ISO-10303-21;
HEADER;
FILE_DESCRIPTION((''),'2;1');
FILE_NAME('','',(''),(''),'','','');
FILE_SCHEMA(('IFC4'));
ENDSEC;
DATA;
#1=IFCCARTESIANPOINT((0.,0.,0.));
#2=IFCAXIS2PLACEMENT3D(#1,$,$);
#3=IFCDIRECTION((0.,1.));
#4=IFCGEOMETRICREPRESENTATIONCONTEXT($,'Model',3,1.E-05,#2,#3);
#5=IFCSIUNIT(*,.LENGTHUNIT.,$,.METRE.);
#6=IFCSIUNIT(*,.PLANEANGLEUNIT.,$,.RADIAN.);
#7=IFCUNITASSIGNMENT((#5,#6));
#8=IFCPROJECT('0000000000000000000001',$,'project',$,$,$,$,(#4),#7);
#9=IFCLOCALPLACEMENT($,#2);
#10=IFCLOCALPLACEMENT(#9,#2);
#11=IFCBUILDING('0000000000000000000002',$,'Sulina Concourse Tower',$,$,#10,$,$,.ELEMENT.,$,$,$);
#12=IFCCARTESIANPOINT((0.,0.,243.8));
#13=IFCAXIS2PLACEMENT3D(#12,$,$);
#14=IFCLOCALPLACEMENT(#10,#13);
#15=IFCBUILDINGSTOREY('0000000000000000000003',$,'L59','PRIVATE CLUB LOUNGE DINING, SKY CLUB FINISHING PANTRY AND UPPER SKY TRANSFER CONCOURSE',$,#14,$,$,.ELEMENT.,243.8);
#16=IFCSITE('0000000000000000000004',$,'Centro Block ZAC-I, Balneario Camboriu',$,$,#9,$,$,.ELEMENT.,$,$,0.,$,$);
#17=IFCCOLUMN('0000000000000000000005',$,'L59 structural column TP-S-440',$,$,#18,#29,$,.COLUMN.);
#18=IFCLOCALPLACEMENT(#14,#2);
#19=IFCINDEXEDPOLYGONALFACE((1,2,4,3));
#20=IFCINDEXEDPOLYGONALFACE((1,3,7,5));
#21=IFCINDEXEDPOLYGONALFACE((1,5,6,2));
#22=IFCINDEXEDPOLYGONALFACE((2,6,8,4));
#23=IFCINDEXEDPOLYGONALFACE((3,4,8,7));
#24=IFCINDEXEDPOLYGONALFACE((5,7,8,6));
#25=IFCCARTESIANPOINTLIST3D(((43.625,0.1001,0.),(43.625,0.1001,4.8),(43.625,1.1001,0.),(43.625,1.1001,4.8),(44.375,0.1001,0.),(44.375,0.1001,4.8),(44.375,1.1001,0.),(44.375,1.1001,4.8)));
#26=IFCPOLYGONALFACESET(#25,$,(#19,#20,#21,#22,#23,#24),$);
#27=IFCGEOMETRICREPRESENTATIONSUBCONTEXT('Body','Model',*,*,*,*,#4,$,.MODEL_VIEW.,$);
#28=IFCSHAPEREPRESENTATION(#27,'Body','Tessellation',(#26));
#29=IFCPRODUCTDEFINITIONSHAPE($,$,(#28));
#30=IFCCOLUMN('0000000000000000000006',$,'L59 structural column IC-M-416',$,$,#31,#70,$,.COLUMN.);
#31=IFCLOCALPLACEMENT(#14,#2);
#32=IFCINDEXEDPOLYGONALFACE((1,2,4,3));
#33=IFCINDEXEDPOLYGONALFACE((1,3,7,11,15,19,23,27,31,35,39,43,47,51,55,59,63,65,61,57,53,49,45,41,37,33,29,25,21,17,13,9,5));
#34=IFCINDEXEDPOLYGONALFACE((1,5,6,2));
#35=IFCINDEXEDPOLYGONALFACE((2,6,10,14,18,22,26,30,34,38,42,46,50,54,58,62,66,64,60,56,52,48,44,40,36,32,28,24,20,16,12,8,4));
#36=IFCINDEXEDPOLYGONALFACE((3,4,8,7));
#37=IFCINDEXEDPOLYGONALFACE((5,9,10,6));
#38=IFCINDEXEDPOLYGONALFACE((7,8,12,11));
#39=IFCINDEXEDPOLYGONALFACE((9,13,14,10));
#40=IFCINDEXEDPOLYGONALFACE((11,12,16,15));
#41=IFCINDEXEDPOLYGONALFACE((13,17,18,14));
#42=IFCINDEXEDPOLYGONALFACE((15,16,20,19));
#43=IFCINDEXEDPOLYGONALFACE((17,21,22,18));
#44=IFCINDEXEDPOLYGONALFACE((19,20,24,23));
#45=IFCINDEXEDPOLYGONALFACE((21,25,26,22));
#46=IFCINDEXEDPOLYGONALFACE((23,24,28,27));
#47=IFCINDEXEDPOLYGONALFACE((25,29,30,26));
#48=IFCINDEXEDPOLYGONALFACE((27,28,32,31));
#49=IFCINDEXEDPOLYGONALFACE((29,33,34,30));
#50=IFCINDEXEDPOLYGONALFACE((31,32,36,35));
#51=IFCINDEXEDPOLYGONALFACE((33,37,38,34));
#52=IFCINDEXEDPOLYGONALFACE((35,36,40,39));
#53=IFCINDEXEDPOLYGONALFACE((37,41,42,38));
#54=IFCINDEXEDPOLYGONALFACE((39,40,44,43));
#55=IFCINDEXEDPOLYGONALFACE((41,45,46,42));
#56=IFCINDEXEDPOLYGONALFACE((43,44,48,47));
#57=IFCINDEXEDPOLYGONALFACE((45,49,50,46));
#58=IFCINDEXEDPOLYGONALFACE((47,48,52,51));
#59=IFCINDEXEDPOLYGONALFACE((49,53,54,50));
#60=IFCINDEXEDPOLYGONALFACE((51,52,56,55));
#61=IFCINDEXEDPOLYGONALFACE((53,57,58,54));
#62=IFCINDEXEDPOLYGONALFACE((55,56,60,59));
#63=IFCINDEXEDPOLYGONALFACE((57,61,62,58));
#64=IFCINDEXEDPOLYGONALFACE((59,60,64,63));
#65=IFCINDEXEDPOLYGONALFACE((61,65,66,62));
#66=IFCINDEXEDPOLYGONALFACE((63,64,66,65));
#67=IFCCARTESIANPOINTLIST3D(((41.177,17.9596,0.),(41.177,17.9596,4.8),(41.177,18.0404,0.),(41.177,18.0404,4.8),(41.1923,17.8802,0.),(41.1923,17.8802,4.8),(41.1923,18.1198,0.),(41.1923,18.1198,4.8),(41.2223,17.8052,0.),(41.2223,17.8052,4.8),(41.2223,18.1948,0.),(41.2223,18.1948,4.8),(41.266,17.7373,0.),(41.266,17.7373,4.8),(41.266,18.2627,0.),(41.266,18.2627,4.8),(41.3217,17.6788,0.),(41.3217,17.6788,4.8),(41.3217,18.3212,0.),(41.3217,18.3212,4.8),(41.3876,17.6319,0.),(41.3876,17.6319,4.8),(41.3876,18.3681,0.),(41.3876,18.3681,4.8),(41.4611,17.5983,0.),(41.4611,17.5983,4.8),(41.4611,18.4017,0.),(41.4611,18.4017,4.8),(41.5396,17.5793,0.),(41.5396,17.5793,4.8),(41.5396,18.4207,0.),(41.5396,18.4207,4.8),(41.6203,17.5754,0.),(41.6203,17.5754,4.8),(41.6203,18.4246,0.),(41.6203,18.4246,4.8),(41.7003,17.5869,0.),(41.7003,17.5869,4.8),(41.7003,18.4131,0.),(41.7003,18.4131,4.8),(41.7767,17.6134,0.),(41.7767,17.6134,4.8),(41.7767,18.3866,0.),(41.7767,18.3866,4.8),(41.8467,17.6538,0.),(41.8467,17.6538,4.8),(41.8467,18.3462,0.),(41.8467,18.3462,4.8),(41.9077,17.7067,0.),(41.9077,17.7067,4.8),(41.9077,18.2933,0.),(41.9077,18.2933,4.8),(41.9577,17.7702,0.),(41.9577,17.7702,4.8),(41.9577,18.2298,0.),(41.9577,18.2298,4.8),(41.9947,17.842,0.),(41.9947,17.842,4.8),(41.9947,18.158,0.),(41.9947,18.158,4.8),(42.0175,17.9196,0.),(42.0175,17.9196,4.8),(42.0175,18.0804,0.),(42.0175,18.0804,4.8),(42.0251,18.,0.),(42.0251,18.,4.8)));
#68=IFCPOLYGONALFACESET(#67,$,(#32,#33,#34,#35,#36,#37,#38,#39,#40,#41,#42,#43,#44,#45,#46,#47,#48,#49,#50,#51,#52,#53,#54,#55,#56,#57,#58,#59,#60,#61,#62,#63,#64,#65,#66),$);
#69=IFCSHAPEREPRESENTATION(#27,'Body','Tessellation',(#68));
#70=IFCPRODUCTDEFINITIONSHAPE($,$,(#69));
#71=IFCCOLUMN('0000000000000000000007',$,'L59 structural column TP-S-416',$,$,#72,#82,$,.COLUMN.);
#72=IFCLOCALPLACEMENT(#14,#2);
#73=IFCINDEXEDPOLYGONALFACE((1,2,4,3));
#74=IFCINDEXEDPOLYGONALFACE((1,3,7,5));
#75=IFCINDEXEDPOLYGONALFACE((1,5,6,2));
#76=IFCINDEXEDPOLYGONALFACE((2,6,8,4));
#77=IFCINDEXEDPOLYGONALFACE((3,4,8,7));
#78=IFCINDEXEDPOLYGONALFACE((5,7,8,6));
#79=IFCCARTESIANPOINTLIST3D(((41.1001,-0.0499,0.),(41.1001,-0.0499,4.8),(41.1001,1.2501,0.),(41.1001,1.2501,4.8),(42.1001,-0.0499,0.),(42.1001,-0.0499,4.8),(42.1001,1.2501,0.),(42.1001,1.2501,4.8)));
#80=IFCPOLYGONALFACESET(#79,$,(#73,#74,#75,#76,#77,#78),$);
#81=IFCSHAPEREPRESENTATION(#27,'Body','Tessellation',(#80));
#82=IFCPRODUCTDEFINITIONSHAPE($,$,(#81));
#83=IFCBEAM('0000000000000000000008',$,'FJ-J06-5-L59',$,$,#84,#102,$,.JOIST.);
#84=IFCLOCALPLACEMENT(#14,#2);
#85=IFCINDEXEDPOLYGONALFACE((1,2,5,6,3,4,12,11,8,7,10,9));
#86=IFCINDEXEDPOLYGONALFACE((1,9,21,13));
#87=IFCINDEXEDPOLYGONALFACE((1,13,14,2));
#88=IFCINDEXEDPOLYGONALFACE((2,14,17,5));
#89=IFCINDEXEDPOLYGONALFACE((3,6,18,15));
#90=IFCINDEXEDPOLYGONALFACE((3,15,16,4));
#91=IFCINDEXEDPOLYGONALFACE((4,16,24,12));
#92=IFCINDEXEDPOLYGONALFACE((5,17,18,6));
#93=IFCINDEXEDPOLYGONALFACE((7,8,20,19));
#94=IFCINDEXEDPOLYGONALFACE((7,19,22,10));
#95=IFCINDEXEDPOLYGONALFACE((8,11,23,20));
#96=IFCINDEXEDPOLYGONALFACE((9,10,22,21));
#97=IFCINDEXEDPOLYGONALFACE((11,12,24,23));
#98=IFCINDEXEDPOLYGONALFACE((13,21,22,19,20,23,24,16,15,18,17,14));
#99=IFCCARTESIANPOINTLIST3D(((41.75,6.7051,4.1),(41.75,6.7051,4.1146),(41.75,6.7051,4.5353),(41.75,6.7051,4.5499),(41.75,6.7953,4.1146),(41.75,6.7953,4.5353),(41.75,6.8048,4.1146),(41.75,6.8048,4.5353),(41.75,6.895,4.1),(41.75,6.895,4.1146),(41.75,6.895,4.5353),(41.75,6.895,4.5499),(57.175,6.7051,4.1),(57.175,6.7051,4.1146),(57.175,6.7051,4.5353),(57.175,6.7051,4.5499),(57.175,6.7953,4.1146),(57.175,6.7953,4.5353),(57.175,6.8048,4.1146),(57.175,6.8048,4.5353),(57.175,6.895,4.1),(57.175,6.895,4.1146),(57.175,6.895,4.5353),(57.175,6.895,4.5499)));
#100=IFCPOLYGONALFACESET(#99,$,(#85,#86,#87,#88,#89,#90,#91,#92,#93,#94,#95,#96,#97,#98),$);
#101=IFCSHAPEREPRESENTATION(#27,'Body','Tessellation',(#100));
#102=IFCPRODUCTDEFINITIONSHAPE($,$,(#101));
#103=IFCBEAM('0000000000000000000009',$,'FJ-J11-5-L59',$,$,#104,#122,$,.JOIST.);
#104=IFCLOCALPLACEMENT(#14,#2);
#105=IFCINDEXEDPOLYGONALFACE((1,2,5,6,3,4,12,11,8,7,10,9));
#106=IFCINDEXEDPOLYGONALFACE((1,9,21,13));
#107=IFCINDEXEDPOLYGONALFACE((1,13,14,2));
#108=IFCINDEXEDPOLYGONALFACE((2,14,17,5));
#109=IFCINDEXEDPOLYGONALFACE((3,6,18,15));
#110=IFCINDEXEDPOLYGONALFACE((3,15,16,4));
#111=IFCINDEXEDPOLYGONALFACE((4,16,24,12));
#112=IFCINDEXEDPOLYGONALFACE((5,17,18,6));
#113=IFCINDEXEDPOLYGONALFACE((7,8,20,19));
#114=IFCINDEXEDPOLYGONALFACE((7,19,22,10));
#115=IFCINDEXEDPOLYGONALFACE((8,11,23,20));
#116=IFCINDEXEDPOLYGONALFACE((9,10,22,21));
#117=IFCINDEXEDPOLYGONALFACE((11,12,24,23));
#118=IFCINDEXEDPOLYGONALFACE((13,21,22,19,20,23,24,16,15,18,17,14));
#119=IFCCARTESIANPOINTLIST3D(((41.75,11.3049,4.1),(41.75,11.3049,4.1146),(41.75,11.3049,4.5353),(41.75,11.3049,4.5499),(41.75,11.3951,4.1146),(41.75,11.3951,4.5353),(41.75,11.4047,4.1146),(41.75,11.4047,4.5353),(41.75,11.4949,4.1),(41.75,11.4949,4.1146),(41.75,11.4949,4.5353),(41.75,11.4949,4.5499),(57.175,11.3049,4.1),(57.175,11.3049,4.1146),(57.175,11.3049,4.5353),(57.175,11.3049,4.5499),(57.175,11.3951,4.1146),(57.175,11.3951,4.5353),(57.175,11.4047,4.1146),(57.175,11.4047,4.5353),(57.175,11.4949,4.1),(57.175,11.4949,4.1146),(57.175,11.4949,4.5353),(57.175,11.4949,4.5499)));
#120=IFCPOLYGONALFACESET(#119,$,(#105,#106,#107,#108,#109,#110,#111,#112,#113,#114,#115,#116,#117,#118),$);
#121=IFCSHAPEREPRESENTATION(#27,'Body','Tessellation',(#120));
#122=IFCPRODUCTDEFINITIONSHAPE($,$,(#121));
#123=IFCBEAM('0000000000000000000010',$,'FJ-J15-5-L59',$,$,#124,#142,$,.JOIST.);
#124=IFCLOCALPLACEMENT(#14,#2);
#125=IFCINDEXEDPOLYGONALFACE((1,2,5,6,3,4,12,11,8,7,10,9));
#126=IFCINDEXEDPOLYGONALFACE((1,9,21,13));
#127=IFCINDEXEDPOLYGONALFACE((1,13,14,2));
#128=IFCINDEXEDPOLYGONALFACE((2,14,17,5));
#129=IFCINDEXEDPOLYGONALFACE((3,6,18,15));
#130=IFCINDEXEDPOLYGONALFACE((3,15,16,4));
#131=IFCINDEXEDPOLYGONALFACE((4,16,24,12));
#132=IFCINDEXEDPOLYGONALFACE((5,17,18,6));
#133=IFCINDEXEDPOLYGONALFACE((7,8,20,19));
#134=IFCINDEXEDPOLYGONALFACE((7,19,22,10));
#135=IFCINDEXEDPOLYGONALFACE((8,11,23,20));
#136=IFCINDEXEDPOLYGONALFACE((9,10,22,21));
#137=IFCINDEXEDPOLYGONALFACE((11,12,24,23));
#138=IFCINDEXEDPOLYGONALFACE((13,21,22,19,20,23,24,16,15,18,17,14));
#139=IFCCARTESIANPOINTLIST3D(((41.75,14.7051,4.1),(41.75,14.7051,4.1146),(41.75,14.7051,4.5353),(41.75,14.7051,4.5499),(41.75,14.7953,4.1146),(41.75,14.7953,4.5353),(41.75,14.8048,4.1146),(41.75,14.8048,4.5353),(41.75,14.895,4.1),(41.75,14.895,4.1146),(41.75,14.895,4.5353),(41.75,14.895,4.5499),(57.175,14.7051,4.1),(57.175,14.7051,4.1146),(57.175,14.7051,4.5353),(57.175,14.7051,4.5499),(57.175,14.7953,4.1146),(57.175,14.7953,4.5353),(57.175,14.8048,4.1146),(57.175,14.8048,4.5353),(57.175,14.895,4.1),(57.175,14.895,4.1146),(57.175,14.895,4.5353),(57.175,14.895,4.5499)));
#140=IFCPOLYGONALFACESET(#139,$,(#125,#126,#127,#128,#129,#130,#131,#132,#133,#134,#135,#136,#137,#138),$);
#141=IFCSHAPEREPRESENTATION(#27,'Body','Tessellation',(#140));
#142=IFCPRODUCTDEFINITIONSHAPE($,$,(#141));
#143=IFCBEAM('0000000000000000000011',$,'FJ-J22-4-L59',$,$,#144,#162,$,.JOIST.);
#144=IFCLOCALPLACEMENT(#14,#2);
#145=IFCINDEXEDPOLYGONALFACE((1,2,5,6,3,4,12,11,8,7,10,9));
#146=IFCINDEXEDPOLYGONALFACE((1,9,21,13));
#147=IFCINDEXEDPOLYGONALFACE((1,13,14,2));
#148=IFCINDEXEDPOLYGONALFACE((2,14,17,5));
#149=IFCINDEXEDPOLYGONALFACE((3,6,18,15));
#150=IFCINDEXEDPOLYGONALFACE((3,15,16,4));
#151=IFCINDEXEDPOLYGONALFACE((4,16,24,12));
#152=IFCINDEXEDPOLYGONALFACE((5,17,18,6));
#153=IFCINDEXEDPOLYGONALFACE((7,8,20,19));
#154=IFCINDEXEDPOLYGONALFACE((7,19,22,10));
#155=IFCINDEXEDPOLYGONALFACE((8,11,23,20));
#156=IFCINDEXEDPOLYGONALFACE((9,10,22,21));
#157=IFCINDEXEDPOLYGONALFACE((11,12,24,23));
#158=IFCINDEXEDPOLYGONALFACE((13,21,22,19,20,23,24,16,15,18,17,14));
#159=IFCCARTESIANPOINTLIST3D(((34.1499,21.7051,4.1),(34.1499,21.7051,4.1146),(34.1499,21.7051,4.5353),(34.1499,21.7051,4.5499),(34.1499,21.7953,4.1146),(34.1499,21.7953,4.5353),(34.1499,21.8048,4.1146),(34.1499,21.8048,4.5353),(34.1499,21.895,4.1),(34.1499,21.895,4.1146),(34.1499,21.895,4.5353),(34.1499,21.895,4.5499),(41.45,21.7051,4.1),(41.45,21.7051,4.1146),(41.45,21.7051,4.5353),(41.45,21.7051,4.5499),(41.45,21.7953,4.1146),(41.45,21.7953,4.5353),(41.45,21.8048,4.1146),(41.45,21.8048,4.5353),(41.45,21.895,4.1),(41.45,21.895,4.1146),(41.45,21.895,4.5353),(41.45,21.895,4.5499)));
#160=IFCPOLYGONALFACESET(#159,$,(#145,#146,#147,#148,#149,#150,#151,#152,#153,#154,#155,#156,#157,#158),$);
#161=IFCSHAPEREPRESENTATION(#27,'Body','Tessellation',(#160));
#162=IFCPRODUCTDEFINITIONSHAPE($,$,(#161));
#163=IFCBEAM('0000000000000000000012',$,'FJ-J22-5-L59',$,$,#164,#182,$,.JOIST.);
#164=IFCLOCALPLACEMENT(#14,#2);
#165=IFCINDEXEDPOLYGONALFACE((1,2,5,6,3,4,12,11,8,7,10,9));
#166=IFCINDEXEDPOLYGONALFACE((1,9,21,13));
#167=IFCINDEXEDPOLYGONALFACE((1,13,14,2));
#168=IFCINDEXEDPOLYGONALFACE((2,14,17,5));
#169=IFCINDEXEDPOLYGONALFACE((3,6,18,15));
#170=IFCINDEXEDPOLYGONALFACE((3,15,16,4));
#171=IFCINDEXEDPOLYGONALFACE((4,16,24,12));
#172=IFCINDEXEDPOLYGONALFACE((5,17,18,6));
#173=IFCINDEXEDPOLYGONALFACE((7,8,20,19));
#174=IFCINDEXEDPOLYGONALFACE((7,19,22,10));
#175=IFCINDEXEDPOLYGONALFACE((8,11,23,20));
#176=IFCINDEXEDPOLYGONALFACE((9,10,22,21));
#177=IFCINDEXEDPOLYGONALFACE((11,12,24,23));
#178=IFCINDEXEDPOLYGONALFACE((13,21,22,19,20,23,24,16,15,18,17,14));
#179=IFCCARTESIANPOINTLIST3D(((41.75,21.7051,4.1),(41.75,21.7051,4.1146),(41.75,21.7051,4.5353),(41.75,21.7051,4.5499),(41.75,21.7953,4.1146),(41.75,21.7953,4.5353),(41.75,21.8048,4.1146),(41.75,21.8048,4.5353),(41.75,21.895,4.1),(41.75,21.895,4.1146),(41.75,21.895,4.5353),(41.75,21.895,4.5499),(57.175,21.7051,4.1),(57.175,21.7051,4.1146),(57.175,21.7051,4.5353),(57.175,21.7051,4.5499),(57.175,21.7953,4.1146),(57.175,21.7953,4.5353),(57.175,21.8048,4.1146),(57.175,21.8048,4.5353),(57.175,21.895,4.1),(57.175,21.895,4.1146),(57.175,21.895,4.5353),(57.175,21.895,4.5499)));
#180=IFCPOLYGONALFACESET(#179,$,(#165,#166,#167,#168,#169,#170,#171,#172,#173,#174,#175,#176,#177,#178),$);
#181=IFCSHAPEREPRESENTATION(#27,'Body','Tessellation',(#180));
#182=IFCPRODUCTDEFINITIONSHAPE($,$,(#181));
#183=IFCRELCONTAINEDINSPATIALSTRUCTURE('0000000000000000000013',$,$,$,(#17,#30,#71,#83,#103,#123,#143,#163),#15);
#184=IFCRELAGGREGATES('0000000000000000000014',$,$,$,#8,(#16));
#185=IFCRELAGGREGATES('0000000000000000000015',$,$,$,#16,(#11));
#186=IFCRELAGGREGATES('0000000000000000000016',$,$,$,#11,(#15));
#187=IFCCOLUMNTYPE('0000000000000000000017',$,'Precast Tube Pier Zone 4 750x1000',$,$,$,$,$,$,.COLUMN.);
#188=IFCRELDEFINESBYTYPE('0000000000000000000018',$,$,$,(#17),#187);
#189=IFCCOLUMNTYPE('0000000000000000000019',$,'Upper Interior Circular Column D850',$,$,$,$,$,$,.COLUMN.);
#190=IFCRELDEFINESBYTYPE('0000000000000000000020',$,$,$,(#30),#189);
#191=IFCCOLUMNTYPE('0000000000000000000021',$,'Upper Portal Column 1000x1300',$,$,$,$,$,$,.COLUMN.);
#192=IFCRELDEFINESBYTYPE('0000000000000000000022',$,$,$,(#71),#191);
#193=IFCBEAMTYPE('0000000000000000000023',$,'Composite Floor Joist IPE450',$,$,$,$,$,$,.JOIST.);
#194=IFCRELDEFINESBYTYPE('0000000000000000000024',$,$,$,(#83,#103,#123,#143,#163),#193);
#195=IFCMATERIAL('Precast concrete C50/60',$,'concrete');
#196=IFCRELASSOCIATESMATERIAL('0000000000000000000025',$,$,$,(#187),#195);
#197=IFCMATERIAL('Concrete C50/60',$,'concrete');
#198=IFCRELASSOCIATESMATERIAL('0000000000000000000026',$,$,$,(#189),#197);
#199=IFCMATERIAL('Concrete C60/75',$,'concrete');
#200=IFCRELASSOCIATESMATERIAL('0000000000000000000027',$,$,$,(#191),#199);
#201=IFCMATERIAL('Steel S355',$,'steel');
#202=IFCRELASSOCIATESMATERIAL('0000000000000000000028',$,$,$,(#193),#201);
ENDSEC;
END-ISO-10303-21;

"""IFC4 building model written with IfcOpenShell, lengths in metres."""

from ifc_helpers import new_model, si_unit, direction, frame, origin, origin_2d, place, context, subcontext, project, spatial, rectangle, circle, i_section, extrude, material, material_profile, profile_set, type_object, element, save


model = new_model("IFC4")

# Units and contexts
model_context = context("Model", 3, precision=1e-05, world=origin(), true_north=direction((0.0, 1.0)))
body_context = subcontext(model_context, "Body", "Model", "MODEL_VIEW")
ifc_project = project(units=[si_unit("LENGTHUNIT", "METRE"), si_unit("PLANEANGLEUNIT", "RADIAN")], contexts=[model_context])

# Site, building, storey
site_placement = place(None, origin())
site = spatial("IfcSite", under=ifc_project, at=site_placement, Name="Centro Block ZAC-I, Balneario Camboriu", CompositionType="ELEMENT", RefElevation=0.0)
building_placement = place(site_placement, origin())
building = spatial("IfcBuilding", under=site, at=building_placement, Name="Sulina Concourse Tower", CompositionType="ELEMENT")
storey_placement = place(building_placement, frame((0.0, 0.0, 243.8)))
storey = spatial("IfcBuildingStorey", under=building, at=storey_placement, Name="L59", Description="PRIVATE CLUB LOUNGE DINING, SKY CLUB FINISHING PANTRY AND UPPER SKY TRANSFER CONCOURSE", CompositionType="ELEMENT", Elevation=243.8)

# Columns
ifc_material_1 = material(Name="Precast concrete C50/60", Category="concrete")
ifc_material_profile_1 = material_profile(ifc_material_1, rectangle(XDim=0.75, YDim=1.0, at=origin_2d()), Name="PC 750x1000")
ifc_profile_set_1 = profile_set([ifc_material_profile_1], Name="Precast concrete C50/60")
column_type_1 = type_object("IfcColumnType", Name="Precast Tube Pier Zone 4 750x1000", PredefinedType="COLUMN", material=ifc_profile_set_1)
column_1_placement = place(storey_placement, frame((44.0, 0.6001, 0.0), z_axis=(0.0, 0.0, 1.0), x_axis=(1.0, 0.0, 0.0)))
element("IfcColumn", 1, at=column_1_placement, inside=storey, type_object=column_type_1, Name="L59 structural column TP-S-440", PredefinedType="COLUMN", context=body_context, shape_type="SweptSolid", body=[
    extrude(rectangle(XDim=0.75, YDim=1.0, at=origin_2d()), origin(), (0.0, 0.0, 1.0), 4.8),
])
ifc_material_2 = material(Name="Concrete C50/60", Category="concrete")
ifc_material_profile_2 = material_profile(ifc_material_2, circle(Radius=0.425, at=origin_2d()), Name="RC D850")
ifc_profile_set_2 = profile_set([ifc_material_profile_2], Name="Concrete C50/60")
column_type_2 = type_object("IfcColumnType", Name="Upper Interior Circular Column D850", PredefinedType="COLUMN", material=ifc_profile_set_2)
column_2_placement = place(storey_placement, frame((41.6001, 18.0, 0.0), z_axis=(0.0, 0.0, 1.0), x_axis=(1.0, 0.0, 0.0)))
element("IfcColumn", 2, at=column_2_placement, inside=storey, type_object=column_type_2, Name="L59 structural column IC-M-416", PredefinedType="COLUMN", context=body_context, shape_type="SweptSolid", body=[
    extrude(circle(Radius=0.425, at=origin_2d()), origin(), (0.0, 0.0, 1.0), 4.8),
])
ifc_material_3 = material(Name="Concrete C60/75", Category="concrete")
ifc_material_profile_3 = material_profile(ifc_material_3, rectangle(XDim=1.0, YDim=1.3, at=origin_2d()), Name="RC 1000x1300")
ifc_profile_set_3 = profile_set([ifc_material_profile_3], Name="Concrete C60/75")
column_type_3 = type_object("IfcColumnType", Name="Upper Portal Column 1000x1300", PredefinedType="COLUMN", material=ifc_profile_set_3)
column_3_placement = place(storey_placement, frame((41.6001, 0.6001, 0.0), z_axis=(0.0, 0.0, 1.0), x_axis=(1.0, 0.0, 0.0)))
element("IfcColumn", 3, at=column_3_placement, inside=storey, type_object=column_type_3, Name="L59 structural column TP-S-416", PredefinedType="COLUMN", context=body_context, shape_type="SweptSolid", body=[
    extrude(rectangle(XDim=1.0, YDim=1.3, at=origin_2d()), origin(), (0.0, 0.0, 1.0), 4.8),
])

# Beams
ifc_material_4 = material(Name="Steel S355", Category="steel")
ifc_material_profile_4 = material_profile(ifc_material_4, i_section(OverallWidth=0.1899, OverallDepth=0.45, WebThickness=0.0095, FlangeThickness=0.0146, at=origin_2d()), Name="IPE 450")
ifc_profile_set_4 = profile_set([ifc_material_profile_4], Name="Steel S355")
beam_type_1 = type_object("IfcBeamType", Name="Composite Floor Joist IPE450", PredefinedType="JOIST", material=ifc_profile_set_4)
for number, where, z_axis, x_axis, name in (
    (4, (41.75, 6.8, 4.325), (1.0, 0.0, 0.0), (0.0, 1.0, 0.0), "FJ-J06-5-L59"),
    (5, (41.75, 11.3999, 4.325), (1.0, 0.0, 0.0), (0.0, 1.0, 0.0), "FJ-J11-5-L59"),
    (6, (41.75, 14.8, 4.325), (1.0, 0.0, 0.0), (0.0, 1.0, 0.0), "FJ-J15-5-L59"),
):
    element("IfcBeam", number, at=place(storey_placement, frame(where, z_axis=z_axis, x_axis=x_axis)), inside=storey, type_object=beam_type_1, Name=name, PredefinedType="JOIST", context=body_context, shape_type="SweptSolid", body=[
        extrude(i_section(OverallWidth=0.1899, OverallDepth=0.45, WebThickness=0.0095, FlangeThickness=0.0146, at=origin_2d()), origin(), (0.0, 0.0, 1.0), 15.425),
    ])
beam_1_placement = place(storey_placement, frame((34.1499, 21.8, 4.325), z_axis=(1.0, 0.0, 0.0), x_axis=(0.0, 1.0, 0.0)))
element("IfcBeam", 7, at=beam_1_placement, inside=storey, type_object=beam_type_1, Name="FJ-J22-4-L59", PredefinedType="JOIST", context=body_context, shape_type="SweptSolid", body=[
    extrude(i_section(OverallWidth=0.1899, OverallDepth=0.45, WebThickness=0.0095, FlangeThickness=0.0146, at=origin_2d()), origin(), (0.0, 0.0, 1.0), 7.3),
])
beam_2_placement = place(storey_placement, frame((41.75, 21.8, 4.325), z_axis=(1.0, 0.0, 0.0), x_axis=(0.0, 1.0, 0.0)))
element("IfcBeam", 8, at=beam_2_placement, inside=storey, type_object=beam_type_1, Name="FJ-J22-5-L59", PredefinedType="JOIST", context=body_context, shape_type="SweptSolid", body=[
    extrude(i_section(OverallWidth=0.1899, OverallDepth=0.45, WebThickness=0.0095, FlangeThickness=0.0146, at=origin_2d()), origin(), (0.0, 0.0, 1.0), 15.425),
])

save(model, "model.ifc")
